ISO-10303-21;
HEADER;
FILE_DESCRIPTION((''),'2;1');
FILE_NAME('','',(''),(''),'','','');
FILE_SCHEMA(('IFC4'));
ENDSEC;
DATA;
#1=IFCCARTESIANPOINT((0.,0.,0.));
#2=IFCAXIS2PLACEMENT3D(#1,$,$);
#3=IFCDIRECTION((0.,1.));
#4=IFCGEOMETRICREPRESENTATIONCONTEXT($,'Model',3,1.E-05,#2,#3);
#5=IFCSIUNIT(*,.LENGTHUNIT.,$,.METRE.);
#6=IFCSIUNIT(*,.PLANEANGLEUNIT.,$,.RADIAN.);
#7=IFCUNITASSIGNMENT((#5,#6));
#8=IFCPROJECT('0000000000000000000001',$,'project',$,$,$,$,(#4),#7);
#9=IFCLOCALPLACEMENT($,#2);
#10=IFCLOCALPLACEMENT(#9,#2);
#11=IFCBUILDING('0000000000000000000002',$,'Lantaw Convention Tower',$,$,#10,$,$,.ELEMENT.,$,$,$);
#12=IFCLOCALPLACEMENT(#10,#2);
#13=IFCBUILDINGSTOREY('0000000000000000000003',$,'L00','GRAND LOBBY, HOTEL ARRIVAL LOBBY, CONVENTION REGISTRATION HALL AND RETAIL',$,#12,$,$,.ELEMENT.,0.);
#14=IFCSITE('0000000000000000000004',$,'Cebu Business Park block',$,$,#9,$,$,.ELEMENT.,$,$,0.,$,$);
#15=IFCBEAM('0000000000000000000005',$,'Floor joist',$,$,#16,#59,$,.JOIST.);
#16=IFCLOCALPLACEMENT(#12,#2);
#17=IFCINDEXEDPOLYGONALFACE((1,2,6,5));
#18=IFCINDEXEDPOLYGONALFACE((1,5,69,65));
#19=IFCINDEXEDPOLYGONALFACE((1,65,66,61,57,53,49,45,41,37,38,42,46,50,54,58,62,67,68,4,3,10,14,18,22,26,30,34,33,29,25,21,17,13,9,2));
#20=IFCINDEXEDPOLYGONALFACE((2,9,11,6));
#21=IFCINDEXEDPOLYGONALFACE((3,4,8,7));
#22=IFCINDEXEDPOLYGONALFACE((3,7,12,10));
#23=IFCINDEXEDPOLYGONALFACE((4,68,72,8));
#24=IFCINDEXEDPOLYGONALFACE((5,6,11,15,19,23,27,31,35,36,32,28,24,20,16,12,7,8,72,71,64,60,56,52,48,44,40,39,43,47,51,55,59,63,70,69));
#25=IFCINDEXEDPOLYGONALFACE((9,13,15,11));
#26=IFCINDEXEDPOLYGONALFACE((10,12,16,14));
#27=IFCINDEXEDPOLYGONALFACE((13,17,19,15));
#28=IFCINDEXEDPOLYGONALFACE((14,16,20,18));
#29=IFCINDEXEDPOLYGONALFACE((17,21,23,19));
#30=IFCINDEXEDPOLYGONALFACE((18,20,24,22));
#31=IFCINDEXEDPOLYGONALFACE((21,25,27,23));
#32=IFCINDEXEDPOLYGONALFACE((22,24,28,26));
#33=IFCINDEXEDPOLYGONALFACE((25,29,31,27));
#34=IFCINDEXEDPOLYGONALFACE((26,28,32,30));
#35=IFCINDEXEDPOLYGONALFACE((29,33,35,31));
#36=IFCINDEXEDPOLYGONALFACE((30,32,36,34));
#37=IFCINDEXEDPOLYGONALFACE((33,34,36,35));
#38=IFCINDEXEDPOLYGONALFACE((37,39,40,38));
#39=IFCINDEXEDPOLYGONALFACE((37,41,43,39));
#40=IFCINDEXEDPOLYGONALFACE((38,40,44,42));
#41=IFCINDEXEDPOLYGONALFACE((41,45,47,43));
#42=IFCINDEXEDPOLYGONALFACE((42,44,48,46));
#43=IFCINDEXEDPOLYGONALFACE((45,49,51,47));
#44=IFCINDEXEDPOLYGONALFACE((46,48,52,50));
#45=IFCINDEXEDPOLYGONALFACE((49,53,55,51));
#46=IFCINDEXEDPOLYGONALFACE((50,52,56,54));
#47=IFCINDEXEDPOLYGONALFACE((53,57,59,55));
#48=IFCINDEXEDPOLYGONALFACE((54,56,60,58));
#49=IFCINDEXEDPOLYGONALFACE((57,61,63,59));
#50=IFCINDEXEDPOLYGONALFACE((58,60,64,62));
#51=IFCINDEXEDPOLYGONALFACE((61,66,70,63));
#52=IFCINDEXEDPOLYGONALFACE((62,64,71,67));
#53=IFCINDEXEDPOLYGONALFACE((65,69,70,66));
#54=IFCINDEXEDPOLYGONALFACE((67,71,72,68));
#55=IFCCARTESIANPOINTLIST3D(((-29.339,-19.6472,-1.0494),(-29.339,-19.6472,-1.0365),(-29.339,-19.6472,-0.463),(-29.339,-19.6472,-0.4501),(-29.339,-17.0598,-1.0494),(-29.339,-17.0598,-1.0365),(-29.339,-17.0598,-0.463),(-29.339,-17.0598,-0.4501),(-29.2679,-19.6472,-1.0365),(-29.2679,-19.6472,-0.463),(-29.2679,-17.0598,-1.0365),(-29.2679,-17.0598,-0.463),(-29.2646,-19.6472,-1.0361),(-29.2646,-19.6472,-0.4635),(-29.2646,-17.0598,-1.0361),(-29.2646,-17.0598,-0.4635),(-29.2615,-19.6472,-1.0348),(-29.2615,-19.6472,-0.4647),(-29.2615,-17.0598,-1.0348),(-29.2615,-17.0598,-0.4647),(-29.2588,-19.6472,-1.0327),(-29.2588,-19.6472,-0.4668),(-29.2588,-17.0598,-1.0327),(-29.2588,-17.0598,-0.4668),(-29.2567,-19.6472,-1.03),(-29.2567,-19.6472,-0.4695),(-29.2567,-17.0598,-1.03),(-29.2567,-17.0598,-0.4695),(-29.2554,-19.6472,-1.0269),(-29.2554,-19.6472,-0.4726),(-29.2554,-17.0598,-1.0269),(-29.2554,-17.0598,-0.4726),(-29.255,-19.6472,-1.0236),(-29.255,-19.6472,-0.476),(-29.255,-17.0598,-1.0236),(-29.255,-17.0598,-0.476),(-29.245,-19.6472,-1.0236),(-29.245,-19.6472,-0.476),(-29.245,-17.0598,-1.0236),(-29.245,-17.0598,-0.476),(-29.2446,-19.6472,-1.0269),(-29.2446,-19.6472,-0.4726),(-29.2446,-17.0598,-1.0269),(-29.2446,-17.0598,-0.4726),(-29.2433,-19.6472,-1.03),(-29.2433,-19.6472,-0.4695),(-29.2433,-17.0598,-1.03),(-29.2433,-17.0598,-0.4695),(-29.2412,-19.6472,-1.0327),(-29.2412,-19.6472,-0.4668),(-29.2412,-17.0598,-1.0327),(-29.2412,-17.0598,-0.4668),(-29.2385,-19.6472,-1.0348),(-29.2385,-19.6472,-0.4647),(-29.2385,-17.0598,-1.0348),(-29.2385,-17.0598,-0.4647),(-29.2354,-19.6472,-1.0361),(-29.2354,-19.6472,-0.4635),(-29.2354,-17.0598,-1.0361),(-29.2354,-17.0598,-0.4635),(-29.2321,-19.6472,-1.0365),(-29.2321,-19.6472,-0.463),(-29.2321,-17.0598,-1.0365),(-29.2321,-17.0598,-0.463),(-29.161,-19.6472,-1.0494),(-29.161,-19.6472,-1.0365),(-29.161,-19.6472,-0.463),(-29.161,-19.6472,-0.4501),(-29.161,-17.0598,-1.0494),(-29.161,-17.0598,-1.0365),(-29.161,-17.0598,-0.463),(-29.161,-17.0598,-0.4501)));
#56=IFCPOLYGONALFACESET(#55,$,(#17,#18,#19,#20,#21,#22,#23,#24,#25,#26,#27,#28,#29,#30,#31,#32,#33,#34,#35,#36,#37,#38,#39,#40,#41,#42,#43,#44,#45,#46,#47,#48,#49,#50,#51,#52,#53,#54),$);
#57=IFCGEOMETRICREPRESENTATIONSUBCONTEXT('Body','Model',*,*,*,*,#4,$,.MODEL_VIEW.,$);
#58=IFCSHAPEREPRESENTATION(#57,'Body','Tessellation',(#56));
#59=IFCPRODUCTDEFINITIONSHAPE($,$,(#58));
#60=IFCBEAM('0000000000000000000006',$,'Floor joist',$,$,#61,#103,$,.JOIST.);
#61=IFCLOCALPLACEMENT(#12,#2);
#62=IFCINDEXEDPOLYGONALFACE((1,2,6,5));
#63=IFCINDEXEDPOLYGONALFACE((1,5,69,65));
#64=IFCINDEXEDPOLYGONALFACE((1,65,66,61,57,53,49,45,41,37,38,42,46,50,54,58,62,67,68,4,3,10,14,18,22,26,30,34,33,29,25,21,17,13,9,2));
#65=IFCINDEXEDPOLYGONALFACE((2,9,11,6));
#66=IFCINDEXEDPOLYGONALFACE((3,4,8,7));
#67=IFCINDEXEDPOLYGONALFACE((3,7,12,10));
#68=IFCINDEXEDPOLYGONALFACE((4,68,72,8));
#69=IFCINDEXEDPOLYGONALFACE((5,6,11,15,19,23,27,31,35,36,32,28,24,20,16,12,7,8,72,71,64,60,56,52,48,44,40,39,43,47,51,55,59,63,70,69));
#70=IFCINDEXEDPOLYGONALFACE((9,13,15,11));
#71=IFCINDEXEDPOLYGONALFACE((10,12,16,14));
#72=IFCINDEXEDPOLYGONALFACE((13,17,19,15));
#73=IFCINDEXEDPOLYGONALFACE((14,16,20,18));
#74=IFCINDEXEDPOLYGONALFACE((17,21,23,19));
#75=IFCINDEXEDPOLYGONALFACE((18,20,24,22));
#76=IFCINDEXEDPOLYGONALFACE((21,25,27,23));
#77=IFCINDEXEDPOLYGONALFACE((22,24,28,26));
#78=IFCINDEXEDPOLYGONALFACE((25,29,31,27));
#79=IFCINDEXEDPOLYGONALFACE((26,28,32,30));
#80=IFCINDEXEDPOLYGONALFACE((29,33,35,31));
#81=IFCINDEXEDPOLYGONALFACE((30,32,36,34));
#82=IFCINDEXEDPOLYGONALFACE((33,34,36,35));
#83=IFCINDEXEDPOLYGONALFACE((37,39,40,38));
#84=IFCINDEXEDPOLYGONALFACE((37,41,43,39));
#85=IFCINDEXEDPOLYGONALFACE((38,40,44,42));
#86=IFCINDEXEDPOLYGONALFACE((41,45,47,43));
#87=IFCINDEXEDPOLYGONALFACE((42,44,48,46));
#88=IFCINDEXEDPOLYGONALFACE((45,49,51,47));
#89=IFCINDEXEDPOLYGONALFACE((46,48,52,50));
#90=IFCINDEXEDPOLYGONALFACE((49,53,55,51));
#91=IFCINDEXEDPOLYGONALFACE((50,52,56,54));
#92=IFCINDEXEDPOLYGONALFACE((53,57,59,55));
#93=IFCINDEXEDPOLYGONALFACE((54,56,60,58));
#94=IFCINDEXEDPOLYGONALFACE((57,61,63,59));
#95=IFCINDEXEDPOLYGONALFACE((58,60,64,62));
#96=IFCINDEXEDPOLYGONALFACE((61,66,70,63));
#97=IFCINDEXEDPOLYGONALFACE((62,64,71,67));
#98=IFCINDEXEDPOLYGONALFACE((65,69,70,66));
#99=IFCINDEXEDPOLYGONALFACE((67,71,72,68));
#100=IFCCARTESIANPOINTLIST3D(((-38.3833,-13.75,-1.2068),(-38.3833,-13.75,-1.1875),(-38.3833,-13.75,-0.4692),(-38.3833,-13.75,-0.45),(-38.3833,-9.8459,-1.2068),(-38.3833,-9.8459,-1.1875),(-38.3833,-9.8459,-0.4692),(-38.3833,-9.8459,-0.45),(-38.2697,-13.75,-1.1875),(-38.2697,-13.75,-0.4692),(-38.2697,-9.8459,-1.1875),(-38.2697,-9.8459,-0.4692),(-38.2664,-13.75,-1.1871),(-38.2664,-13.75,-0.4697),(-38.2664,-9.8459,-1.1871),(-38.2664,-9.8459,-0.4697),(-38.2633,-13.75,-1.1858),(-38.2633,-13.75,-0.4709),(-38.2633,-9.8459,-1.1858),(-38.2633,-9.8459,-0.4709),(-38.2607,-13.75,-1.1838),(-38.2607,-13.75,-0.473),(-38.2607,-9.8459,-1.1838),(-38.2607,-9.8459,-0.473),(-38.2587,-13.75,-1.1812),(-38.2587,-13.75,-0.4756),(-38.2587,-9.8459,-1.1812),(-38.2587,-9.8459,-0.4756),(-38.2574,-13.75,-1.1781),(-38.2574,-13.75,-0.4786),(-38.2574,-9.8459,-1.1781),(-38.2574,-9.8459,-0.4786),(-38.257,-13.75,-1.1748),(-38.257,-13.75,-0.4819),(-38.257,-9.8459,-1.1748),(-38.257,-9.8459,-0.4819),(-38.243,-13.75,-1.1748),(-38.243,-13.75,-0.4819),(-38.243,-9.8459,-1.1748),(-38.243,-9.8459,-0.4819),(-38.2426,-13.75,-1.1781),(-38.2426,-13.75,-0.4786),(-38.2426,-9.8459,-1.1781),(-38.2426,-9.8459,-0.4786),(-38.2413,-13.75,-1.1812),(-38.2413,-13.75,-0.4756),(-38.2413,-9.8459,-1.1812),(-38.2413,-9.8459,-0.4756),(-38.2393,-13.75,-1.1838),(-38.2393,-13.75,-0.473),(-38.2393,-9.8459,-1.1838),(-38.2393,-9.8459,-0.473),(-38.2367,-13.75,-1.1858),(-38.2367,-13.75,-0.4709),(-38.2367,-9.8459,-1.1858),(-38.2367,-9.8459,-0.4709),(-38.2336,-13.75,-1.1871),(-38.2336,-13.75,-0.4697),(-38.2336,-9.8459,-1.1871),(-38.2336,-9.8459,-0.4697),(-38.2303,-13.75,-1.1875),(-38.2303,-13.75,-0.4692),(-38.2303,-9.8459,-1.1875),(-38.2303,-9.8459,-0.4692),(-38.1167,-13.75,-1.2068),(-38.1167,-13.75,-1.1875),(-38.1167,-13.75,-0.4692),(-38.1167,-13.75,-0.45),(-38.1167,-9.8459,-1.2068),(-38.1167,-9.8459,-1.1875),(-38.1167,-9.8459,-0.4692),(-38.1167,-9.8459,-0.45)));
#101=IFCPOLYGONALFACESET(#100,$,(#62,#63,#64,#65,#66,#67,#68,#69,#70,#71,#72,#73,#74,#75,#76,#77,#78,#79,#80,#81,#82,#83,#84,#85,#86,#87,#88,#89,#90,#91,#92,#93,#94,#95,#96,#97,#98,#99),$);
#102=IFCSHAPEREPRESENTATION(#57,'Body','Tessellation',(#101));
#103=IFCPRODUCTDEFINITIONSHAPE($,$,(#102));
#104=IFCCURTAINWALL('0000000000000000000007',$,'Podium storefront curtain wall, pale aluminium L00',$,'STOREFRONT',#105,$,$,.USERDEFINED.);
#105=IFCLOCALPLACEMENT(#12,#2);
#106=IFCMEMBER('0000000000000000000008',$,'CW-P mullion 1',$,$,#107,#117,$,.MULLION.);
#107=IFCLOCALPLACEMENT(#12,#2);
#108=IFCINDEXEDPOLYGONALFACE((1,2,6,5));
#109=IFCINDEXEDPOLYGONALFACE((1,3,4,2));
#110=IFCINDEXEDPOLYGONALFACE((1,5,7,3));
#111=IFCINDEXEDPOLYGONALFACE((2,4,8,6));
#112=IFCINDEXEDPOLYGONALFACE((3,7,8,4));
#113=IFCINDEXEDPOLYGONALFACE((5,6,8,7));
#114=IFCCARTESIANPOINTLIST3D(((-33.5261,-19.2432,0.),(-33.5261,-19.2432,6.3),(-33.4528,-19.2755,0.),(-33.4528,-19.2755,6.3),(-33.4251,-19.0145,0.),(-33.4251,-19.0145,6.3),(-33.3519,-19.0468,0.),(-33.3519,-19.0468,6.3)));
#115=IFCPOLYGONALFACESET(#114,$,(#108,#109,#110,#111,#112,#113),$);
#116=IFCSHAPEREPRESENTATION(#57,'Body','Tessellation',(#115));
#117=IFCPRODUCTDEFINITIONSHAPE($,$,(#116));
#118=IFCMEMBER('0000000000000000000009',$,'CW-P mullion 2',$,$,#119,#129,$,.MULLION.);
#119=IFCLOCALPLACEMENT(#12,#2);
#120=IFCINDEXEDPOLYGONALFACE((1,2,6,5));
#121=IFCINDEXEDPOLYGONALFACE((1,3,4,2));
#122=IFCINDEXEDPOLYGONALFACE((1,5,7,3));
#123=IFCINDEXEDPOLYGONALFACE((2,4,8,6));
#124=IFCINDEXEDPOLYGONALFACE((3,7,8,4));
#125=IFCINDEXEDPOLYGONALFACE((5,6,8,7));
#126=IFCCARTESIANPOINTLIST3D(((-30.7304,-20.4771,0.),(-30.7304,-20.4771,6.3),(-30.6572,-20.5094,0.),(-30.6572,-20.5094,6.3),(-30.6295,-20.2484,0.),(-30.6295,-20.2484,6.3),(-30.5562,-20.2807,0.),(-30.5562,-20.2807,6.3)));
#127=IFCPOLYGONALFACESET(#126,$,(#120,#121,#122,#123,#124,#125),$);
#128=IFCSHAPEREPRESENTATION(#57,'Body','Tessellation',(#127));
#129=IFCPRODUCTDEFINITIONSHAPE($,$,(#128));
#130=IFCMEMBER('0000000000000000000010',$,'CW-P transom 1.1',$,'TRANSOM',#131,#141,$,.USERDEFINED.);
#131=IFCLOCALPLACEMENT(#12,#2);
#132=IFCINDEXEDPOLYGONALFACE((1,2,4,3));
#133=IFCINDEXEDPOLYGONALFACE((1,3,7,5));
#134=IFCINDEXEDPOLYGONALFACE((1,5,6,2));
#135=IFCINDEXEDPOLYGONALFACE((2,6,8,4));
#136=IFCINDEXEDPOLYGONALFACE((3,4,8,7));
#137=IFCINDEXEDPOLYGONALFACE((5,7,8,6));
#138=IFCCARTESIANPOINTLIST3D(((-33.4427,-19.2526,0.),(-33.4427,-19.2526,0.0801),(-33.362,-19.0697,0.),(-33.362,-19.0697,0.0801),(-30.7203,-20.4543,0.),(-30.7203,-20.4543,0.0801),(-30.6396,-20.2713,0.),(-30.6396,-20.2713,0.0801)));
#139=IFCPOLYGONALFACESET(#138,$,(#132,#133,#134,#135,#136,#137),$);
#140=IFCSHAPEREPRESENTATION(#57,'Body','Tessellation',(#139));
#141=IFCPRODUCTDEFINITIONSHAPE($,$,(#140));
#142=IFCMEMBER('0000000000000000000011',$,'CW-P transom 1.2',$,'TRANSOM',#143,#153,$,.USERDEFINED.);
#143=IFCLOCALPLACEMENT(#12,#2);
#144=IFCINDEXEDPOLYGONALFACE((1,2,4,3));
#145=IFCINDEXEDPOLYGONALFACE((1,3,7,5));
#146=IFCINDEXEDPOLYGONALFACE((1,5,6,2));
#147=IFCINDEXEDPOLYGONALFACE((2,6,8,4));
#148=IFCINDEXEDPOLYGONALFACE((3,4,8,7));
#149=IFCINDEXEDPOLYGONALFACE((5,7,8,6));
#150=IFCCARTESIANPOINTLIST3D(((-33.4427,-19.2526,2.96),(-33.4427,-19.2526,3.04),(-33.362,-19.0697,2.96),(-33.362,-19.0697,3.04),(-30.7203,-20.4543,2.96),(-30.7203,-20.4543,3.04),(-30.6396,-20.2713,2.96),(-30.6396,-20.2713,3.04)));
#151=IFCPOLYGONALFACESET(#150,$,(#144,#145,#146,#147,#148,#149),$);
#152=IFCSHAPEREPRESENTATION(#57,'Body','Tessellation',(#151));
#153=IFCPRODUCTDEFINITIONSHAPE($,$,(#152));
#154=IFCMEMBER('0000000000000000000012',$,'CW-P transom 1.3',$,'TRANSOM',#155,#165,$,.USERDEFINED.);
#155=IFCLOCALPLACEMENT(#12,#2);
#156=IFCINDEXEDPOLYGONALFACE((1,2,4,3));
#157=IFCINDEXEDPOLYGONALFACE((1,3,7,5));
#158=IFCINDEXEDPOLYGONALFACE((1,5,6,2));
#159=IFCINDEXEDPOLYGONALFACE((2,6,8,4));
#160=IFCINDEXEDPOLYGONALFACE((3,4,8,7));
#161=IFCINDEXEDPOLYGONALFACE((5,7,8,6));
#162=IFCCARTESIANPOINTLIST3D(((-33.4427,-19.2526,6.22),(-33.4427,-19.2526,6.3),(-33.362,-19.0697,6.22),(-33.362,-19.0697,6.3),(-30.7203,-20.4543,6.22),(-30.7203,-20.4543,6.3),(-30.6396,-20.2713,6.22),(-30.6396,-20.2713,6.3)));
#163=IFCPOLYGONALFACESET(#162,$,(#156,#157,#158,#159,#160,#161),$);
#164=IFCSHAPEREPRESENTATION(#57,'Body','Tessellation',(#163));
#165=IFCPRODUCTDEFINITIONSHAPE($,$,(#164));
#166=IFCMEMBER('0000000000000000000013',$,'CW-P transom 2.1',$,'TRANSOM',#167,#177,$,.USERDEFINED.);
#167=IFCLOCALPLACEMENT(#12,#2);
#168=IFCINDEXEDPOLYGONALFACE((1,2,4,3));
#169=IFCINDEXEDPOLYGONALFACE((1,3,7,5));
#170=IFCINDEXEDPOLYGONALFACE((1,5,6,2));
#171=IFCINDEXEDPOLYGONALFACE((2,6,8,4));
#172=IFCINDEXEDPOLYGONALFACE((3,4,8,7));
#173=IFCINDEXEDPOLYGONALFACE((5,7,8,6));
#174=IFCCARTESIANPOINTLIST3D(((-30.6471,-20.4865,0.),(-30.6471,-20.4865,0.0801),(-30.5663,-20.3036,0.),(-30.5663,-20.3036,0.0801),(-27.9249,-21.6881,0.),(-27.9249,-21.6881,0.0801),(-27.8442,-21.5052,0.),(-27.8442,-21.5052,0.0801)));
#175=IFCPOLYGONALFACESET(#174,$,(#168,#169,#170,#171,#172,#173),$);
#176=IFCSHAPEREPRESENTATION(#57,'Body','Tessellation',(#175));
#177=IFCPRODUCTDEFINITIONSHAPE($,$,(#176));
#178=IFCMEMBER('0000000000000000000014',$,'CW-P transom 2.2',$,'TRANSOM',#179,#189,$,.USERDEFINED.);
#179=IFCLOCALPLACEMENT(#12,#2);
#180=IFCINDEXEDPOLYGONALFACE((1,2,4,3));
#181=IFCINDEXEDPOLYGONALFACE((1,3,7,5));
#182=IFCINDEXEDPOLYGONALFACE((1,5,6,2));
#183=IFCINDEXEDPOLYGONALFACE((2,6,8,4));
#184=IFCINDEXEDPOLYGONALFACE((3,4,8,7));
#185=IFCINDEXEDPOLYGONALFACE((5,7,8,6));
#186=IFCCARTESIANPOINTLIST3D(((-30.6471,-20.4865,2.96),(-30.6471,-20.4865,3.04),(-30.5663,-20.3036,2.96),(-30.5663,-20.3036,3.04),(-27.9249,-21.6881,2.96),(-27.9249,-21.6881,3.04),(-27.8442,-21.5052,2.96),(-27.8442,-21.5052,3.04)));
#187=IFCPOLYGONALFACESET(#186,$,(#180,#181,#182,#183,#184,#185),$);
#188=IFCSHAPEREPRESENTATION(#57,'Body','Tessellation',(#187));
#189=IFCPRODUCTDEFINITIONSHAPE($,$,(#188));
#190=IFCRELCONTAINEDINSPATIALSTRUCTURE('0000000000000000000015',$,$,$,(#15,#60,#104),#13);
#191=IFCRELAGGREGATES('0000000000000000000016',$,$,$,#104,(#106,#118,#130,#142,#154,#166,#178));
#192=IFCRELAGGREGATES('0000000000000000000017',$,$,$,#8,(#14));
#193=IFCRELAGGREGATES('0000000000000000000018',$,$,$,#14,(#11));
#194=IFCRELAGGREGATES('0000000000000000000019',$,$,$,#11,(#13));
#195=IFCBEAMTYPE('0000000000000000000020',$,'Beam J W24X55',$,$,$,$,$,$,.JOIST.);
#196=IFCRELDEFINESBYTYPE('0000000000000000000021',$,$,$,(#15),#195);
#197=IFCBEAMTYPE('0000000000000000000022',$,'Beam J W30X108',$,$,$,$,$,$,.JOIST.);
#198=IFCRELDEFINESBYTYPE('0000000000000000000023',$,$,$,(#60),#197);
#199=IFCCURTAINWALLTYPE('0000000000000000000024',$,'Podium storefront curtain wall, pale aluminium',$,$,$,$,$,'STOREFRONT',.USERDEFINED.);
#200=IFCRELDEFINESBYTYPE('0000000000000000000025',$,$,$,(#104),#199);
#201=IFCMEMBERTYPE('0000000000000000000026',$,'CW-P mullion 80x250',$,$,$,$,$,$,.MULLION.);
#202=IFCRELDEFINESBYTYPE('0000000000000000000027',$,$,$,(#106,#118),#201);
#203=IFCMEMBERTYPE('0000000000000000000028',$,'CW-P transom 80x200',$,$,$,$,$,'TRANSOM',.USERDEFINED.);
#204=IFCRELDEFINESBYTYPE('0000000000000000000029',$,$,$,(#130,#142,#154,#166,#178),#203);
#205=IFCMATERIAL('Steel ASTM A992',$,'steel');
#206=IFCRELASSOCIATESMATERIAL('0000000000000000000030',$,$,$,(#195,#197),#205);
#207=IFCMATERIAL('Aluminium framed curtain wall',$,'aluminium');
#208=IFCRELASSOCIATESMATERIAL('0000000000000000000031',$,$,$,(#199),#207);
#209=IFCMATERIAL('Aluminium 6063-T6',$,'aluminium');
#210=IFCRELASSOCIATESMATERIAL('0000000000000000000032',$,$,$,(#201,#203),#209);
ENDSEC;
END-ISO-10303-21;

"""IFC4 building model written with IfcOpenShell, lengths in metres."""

from ifc_helpers import new_model, si_unit, direction, frame, origin, origin_2d, place, context, subcontext, project, spatial, rectangle, i_section, extrude, material, material_profile, profile_set, type_object, element, aggregate, save


model = new_model("IFC4")

# Units and contexts
model_context = context("Model", 3, precision=1e-05, world=origin(), true_north=direction((0.0, 1.0)))
body_context = subcontext(model_context, "Body", "Model", "MODEL_VIEW")
ifc_project = project(units=[si_unit("LENGTHUNIT", "METRE"), si_unit("PLANEANGLEUNIT", "RADIAN")], contexts=[model_context])

# Site, building, storey
site_placement = place(None, origin())
site = spatial("IfcSite", under=ifc_project, at=site_placement, Name="Cebu Business Park block", CompositionType="ELEMENT", RefElevation=0.0)
building_placement = place(site_placement, origin())
building = spatial("IfcBuilding", under=site, at=building_placement, Name="Lantaw Convention Tower", CompositionType="ELEMENT")
storey_placement = place(building_placement, origin())
storey = spatial("IfcBuildingStorey", under=building, at=storey_placement, Name="L00", Description="GRAND LOBBY, HOTEL ARRIVAL LOBBY, CONVENTION REGISTRATION HALL AND RETAIL", CompositionType="ELEMENT", Elevation=0.0)

# Beams
ifc_material_1 = material(Name="Steel ASTM A992", Category="steel")
ifc_material_profile_1 = material_profile(ifc_material_1, i_section(OverallWidth=0.178, OverallDepth=0.5994, WebThickness=0.01, FlangeThickness=0.0129, FilletRadius=0.0129, at=origin_2d()), Name="W24X55")
ifc_profile_set_1 = profile_set([ifc_material_profile_1], Name="Steel ASTM A992")
beam_type_1 = type_object("IfcBeamType", Name="Beam J W24X55", PredefinedType="JOIST", material=ifc_profile_set_1)
beam_1_placement = place(storey_placement, frame((-29.25, -19.6472, -0.7498), z_axis=(0.0, 1.0, 0.0), x_axis=(-1.0, 0.0, 0.0)))
element("IfcBeam", 1, at=beam_1_placement, inside=storey, type_object=beam_type_1, Name="Floor joist", PredefinedType="JOIST", context=body_context, shape_type="SweptSolid", body=[
    extrude(i_section(OverallWidth=0.178, OverallDepth=0.5994, WebThickness=0.01, FlangeThickness=0.0129, FilletRadius=0.0129, at=origin_2d()), origin(), (0.0, 0.0, 1.0), 2.5874),
])
ifc_material_profile_2 = material_profile(ifc_material_1, i_section(OverallWidth=0.2666, OverallDepth=0.7568, WebThickness=0.0139, FlangeThickness=0.0193, FilletRadius=0.0127, at=origin_2d()), Name="W30X108")
ifc_profile_set_2 = profile_set([ifc_material_profile_2], Name="Steel ASTM A992")
beam_type_2 = type_object("IfcBeamType", Name="Beam J W30X108", PredefinedType="JOIST", material=ifc_profile_set_2)
beam_2_placement = place(storey_placement, frame((-38.25, -13.75, -0.8284), z_axis=(0.0, 1.0, 0.0), x_axis=(-1.0, 0.0, 0.0)))
element("IfcBeam", 2, at=beam_2_placement, inside=storey, type_object=beam_type_2, Name="Floor joist", PredefinedType="JOIST", context=body_context, shape_type="SweptSolid", body=[
    extrude(i_section(OverallWidth=0.2666, OverallDepth=0.7568, WebThickness=0.0139, FlangeThickness=0.0193, FilletRadius=0.0127, at=origin_2d()), origin(), (0.0, 0.0, 1.0), 3.9041),
])

# Curtain wall, members
ifc_material_2 = material(Name="Aluminium framed curtain wall", Category="aluminium")
curtain_wall_type = type_object("IfcCurtainWallType", Name="Podium storefront curtain wall, pale aluminium", ElementType="STOREFRONT", PredefinedType="USERDEFINED", material=ifc_material_2)
curtain_wall_placement = place(storey_placement, origin())
curtain_wall = element("IfcCurtainWall", 3, at=curtain_wall_placement, inside=storey, type_object=curtain_wall_type, Name="Podium storefront curtain wall, pale aluminium L00", ObjectType="STOREFRONT", PredefinedType="USERDEFINED")
ifc_material_3 = material(Name="Aluminium 6063-T6", Category="aluminium")
ifc_material_profile_3 = material_profile(ifc_material_3, rectangle(XDim=0.25, YDim=0.0801, at=origin_2d()), Name="CW-P mullion 80x250")
ifc_profile_set_3 = profile_set([ifc_material_profile_3], Name="Aluminium 6063-T6")
member_type_1 = type_object("IfcMemberType", Name="CW-P mullion 80x250", PredefinedType="MULLION", material=ifc_profile_set_3)
member_1_placement = place(storey_placement, frame((-33.439, -19.145, 0.0), z_axis=(0.0, 0.0, 1.0), x_axis=(0.403802, 0.914846, 0.0)))
member_1 = element("IfcMember", 4, at=member_1_placement, type_object=member_type_1, Name="CW-P mullion 1", PredefinedType="MULLION", context=body_context, shape_type="SweptSolid", body=[
    extrude(rectangle(XDim=0.25, YDim=0.0801, at=origin_2d()), origin(), (0.0, 0.0, 1.0), 6.3),
])
member_2_placement = place(storey_placement, frame((-30.6433, -20.3789, 0.0), z_axis=(0.0, 0.0, 1.0), x_axis=(0.403802, 0.914846, 0.0)))
member_2 = element("IfcMember", 5, at=member_2_placement, type_object=member_type_1, Name="CW-P mullion 2", PredefinedType="MULLION", context=body_context, shape_type="SweptSolid", body=[
    extrude(rectangle(XDim=0.25, YDim=0.0801, at=origin_2d()), origin(), (0.0, 0.0, 1.0), 6.3),
])
ifc_material_profile_4 = material_profile(ifc_material_3, rectangle(XDim=0.2, YDim=0.0801, at=origin_2d()), Name="CW-P transom 80x200")
ifc_profile_set_4 = profile_set([ifc_material_profile_4], Name="Aluminium 6063-T6")
member_type_2 = type_object("IfcMemberType", Name="CW-P transom 80x200", ElementType="TRANSOM", PredefinedType="USERDEFINED", material=ifc_profile_set_4)
member_3_placement = place(storey_placement, frame((-33.4023, -19.1611, 0.04), z_axis=(0.914844, -0.403808, 0.0), x_axis=(0.403808, 0.914844, 0.0)))
member_3 = element("IfcMember", 6, at=member_3_placement, type_object=member_type_2, Name="CW-P transom 1.1", ObjectType="TRANSOM", PredefinedType="USERDEFINED", context=body_context, shape_type="SweptSolid", body=[
    extrude(rectangle(XDim=0.2, YDim=0.0801, at=origin_2d()), origin(), (0.0, 0.0, 1.0), 2.9758),
])
member_4_placement = place(storey_placement, frame((-33.4023, -19.1611, 3.0), z_axis=(0.914844, -0.403808, 0.0), x_axis=(0.403808, 0.914844, 0.0)))
member_4 = element("IfcMember", 7, at=member_4_placement, type_object=member_type_2, Name="CW-P transom 1.2", ObjectType="TRANSOM", PredefinedType="USERDEFINED", context=body_context, shape_type="SweptSolid", body=[
    extrude(rectangle(XDim=0.2, YDim=0.0801, at=origin_2d()), origin(), (0.0, 0.0, 1.0), 2.9758),
])
member_5_placement = place(storey_placement, frame((-33.4023, -19.1611, 6.26), z_axis=(0.914844, -0.403808, 0.0), x_axis=(0.403808, 0.914844, 0.0)))
member_5 = element("IfcMember", 8, at=member_5_placement, type_object=member_type_2, Name="CW-P transom 1.3", ObjectType="TRANSOM", PredefinedType="USERDEFINED", context=body_context, shape_type="SweptSolid", body=[
    extrude(rectangle(XDim=0.2, YDim=0.0801, at=origin_2d()), origin(), (0.0, 0.0, 1.0), 2.9758),
])
member_6_placement = place(storey_placement, frame((-30.6067, -20.395, 0.04), z_axis=(0.91483, -0.403838, 0.0), x_axis=(0.403838, 0.91483, 0.0)))
member_6 = element("IfcMember", 9, at=member_6_placement, type_object=member_type_2, Name="CW-P transom 2.1", ObjectType="TRANSOM", PredefinedType="USERDEFINED", context=body_context, shape_type="SweptSolid", body=[
    extrude(rectangle(XDim=0.2, YDim=0.0801, at=origin_2d()), origin(), (0.0, 0.0, 1.0), 2.9756),
])
member_7_placement = place(storey_placement, frame((-30.6067, -20.395, 3.0), z_axis=(0.91483, -0.403838, 0.0), x_axis=(0.403838, 0.91483, 0.0)))
member_7 = element("IfcMember", 10, at=member_7_placement, type_object=member_type_2, Name="CW-P transom 2.2", ObjectType="TRANSOM", PredefinedType="USERDEFINED", context=body_context, shape_type="SweptSolid", body=[
    extrude(rectangle(XDim=0.2, YDim=0.0801, at=origin_2d()), origin(), (0.0, 0.0, 1.0), 2.9756),
])
aggregate(curtain_wall, [member_1, member_2, member_3, member_4, member_5, member_6, member_7])

save(model, "model.ifc")
